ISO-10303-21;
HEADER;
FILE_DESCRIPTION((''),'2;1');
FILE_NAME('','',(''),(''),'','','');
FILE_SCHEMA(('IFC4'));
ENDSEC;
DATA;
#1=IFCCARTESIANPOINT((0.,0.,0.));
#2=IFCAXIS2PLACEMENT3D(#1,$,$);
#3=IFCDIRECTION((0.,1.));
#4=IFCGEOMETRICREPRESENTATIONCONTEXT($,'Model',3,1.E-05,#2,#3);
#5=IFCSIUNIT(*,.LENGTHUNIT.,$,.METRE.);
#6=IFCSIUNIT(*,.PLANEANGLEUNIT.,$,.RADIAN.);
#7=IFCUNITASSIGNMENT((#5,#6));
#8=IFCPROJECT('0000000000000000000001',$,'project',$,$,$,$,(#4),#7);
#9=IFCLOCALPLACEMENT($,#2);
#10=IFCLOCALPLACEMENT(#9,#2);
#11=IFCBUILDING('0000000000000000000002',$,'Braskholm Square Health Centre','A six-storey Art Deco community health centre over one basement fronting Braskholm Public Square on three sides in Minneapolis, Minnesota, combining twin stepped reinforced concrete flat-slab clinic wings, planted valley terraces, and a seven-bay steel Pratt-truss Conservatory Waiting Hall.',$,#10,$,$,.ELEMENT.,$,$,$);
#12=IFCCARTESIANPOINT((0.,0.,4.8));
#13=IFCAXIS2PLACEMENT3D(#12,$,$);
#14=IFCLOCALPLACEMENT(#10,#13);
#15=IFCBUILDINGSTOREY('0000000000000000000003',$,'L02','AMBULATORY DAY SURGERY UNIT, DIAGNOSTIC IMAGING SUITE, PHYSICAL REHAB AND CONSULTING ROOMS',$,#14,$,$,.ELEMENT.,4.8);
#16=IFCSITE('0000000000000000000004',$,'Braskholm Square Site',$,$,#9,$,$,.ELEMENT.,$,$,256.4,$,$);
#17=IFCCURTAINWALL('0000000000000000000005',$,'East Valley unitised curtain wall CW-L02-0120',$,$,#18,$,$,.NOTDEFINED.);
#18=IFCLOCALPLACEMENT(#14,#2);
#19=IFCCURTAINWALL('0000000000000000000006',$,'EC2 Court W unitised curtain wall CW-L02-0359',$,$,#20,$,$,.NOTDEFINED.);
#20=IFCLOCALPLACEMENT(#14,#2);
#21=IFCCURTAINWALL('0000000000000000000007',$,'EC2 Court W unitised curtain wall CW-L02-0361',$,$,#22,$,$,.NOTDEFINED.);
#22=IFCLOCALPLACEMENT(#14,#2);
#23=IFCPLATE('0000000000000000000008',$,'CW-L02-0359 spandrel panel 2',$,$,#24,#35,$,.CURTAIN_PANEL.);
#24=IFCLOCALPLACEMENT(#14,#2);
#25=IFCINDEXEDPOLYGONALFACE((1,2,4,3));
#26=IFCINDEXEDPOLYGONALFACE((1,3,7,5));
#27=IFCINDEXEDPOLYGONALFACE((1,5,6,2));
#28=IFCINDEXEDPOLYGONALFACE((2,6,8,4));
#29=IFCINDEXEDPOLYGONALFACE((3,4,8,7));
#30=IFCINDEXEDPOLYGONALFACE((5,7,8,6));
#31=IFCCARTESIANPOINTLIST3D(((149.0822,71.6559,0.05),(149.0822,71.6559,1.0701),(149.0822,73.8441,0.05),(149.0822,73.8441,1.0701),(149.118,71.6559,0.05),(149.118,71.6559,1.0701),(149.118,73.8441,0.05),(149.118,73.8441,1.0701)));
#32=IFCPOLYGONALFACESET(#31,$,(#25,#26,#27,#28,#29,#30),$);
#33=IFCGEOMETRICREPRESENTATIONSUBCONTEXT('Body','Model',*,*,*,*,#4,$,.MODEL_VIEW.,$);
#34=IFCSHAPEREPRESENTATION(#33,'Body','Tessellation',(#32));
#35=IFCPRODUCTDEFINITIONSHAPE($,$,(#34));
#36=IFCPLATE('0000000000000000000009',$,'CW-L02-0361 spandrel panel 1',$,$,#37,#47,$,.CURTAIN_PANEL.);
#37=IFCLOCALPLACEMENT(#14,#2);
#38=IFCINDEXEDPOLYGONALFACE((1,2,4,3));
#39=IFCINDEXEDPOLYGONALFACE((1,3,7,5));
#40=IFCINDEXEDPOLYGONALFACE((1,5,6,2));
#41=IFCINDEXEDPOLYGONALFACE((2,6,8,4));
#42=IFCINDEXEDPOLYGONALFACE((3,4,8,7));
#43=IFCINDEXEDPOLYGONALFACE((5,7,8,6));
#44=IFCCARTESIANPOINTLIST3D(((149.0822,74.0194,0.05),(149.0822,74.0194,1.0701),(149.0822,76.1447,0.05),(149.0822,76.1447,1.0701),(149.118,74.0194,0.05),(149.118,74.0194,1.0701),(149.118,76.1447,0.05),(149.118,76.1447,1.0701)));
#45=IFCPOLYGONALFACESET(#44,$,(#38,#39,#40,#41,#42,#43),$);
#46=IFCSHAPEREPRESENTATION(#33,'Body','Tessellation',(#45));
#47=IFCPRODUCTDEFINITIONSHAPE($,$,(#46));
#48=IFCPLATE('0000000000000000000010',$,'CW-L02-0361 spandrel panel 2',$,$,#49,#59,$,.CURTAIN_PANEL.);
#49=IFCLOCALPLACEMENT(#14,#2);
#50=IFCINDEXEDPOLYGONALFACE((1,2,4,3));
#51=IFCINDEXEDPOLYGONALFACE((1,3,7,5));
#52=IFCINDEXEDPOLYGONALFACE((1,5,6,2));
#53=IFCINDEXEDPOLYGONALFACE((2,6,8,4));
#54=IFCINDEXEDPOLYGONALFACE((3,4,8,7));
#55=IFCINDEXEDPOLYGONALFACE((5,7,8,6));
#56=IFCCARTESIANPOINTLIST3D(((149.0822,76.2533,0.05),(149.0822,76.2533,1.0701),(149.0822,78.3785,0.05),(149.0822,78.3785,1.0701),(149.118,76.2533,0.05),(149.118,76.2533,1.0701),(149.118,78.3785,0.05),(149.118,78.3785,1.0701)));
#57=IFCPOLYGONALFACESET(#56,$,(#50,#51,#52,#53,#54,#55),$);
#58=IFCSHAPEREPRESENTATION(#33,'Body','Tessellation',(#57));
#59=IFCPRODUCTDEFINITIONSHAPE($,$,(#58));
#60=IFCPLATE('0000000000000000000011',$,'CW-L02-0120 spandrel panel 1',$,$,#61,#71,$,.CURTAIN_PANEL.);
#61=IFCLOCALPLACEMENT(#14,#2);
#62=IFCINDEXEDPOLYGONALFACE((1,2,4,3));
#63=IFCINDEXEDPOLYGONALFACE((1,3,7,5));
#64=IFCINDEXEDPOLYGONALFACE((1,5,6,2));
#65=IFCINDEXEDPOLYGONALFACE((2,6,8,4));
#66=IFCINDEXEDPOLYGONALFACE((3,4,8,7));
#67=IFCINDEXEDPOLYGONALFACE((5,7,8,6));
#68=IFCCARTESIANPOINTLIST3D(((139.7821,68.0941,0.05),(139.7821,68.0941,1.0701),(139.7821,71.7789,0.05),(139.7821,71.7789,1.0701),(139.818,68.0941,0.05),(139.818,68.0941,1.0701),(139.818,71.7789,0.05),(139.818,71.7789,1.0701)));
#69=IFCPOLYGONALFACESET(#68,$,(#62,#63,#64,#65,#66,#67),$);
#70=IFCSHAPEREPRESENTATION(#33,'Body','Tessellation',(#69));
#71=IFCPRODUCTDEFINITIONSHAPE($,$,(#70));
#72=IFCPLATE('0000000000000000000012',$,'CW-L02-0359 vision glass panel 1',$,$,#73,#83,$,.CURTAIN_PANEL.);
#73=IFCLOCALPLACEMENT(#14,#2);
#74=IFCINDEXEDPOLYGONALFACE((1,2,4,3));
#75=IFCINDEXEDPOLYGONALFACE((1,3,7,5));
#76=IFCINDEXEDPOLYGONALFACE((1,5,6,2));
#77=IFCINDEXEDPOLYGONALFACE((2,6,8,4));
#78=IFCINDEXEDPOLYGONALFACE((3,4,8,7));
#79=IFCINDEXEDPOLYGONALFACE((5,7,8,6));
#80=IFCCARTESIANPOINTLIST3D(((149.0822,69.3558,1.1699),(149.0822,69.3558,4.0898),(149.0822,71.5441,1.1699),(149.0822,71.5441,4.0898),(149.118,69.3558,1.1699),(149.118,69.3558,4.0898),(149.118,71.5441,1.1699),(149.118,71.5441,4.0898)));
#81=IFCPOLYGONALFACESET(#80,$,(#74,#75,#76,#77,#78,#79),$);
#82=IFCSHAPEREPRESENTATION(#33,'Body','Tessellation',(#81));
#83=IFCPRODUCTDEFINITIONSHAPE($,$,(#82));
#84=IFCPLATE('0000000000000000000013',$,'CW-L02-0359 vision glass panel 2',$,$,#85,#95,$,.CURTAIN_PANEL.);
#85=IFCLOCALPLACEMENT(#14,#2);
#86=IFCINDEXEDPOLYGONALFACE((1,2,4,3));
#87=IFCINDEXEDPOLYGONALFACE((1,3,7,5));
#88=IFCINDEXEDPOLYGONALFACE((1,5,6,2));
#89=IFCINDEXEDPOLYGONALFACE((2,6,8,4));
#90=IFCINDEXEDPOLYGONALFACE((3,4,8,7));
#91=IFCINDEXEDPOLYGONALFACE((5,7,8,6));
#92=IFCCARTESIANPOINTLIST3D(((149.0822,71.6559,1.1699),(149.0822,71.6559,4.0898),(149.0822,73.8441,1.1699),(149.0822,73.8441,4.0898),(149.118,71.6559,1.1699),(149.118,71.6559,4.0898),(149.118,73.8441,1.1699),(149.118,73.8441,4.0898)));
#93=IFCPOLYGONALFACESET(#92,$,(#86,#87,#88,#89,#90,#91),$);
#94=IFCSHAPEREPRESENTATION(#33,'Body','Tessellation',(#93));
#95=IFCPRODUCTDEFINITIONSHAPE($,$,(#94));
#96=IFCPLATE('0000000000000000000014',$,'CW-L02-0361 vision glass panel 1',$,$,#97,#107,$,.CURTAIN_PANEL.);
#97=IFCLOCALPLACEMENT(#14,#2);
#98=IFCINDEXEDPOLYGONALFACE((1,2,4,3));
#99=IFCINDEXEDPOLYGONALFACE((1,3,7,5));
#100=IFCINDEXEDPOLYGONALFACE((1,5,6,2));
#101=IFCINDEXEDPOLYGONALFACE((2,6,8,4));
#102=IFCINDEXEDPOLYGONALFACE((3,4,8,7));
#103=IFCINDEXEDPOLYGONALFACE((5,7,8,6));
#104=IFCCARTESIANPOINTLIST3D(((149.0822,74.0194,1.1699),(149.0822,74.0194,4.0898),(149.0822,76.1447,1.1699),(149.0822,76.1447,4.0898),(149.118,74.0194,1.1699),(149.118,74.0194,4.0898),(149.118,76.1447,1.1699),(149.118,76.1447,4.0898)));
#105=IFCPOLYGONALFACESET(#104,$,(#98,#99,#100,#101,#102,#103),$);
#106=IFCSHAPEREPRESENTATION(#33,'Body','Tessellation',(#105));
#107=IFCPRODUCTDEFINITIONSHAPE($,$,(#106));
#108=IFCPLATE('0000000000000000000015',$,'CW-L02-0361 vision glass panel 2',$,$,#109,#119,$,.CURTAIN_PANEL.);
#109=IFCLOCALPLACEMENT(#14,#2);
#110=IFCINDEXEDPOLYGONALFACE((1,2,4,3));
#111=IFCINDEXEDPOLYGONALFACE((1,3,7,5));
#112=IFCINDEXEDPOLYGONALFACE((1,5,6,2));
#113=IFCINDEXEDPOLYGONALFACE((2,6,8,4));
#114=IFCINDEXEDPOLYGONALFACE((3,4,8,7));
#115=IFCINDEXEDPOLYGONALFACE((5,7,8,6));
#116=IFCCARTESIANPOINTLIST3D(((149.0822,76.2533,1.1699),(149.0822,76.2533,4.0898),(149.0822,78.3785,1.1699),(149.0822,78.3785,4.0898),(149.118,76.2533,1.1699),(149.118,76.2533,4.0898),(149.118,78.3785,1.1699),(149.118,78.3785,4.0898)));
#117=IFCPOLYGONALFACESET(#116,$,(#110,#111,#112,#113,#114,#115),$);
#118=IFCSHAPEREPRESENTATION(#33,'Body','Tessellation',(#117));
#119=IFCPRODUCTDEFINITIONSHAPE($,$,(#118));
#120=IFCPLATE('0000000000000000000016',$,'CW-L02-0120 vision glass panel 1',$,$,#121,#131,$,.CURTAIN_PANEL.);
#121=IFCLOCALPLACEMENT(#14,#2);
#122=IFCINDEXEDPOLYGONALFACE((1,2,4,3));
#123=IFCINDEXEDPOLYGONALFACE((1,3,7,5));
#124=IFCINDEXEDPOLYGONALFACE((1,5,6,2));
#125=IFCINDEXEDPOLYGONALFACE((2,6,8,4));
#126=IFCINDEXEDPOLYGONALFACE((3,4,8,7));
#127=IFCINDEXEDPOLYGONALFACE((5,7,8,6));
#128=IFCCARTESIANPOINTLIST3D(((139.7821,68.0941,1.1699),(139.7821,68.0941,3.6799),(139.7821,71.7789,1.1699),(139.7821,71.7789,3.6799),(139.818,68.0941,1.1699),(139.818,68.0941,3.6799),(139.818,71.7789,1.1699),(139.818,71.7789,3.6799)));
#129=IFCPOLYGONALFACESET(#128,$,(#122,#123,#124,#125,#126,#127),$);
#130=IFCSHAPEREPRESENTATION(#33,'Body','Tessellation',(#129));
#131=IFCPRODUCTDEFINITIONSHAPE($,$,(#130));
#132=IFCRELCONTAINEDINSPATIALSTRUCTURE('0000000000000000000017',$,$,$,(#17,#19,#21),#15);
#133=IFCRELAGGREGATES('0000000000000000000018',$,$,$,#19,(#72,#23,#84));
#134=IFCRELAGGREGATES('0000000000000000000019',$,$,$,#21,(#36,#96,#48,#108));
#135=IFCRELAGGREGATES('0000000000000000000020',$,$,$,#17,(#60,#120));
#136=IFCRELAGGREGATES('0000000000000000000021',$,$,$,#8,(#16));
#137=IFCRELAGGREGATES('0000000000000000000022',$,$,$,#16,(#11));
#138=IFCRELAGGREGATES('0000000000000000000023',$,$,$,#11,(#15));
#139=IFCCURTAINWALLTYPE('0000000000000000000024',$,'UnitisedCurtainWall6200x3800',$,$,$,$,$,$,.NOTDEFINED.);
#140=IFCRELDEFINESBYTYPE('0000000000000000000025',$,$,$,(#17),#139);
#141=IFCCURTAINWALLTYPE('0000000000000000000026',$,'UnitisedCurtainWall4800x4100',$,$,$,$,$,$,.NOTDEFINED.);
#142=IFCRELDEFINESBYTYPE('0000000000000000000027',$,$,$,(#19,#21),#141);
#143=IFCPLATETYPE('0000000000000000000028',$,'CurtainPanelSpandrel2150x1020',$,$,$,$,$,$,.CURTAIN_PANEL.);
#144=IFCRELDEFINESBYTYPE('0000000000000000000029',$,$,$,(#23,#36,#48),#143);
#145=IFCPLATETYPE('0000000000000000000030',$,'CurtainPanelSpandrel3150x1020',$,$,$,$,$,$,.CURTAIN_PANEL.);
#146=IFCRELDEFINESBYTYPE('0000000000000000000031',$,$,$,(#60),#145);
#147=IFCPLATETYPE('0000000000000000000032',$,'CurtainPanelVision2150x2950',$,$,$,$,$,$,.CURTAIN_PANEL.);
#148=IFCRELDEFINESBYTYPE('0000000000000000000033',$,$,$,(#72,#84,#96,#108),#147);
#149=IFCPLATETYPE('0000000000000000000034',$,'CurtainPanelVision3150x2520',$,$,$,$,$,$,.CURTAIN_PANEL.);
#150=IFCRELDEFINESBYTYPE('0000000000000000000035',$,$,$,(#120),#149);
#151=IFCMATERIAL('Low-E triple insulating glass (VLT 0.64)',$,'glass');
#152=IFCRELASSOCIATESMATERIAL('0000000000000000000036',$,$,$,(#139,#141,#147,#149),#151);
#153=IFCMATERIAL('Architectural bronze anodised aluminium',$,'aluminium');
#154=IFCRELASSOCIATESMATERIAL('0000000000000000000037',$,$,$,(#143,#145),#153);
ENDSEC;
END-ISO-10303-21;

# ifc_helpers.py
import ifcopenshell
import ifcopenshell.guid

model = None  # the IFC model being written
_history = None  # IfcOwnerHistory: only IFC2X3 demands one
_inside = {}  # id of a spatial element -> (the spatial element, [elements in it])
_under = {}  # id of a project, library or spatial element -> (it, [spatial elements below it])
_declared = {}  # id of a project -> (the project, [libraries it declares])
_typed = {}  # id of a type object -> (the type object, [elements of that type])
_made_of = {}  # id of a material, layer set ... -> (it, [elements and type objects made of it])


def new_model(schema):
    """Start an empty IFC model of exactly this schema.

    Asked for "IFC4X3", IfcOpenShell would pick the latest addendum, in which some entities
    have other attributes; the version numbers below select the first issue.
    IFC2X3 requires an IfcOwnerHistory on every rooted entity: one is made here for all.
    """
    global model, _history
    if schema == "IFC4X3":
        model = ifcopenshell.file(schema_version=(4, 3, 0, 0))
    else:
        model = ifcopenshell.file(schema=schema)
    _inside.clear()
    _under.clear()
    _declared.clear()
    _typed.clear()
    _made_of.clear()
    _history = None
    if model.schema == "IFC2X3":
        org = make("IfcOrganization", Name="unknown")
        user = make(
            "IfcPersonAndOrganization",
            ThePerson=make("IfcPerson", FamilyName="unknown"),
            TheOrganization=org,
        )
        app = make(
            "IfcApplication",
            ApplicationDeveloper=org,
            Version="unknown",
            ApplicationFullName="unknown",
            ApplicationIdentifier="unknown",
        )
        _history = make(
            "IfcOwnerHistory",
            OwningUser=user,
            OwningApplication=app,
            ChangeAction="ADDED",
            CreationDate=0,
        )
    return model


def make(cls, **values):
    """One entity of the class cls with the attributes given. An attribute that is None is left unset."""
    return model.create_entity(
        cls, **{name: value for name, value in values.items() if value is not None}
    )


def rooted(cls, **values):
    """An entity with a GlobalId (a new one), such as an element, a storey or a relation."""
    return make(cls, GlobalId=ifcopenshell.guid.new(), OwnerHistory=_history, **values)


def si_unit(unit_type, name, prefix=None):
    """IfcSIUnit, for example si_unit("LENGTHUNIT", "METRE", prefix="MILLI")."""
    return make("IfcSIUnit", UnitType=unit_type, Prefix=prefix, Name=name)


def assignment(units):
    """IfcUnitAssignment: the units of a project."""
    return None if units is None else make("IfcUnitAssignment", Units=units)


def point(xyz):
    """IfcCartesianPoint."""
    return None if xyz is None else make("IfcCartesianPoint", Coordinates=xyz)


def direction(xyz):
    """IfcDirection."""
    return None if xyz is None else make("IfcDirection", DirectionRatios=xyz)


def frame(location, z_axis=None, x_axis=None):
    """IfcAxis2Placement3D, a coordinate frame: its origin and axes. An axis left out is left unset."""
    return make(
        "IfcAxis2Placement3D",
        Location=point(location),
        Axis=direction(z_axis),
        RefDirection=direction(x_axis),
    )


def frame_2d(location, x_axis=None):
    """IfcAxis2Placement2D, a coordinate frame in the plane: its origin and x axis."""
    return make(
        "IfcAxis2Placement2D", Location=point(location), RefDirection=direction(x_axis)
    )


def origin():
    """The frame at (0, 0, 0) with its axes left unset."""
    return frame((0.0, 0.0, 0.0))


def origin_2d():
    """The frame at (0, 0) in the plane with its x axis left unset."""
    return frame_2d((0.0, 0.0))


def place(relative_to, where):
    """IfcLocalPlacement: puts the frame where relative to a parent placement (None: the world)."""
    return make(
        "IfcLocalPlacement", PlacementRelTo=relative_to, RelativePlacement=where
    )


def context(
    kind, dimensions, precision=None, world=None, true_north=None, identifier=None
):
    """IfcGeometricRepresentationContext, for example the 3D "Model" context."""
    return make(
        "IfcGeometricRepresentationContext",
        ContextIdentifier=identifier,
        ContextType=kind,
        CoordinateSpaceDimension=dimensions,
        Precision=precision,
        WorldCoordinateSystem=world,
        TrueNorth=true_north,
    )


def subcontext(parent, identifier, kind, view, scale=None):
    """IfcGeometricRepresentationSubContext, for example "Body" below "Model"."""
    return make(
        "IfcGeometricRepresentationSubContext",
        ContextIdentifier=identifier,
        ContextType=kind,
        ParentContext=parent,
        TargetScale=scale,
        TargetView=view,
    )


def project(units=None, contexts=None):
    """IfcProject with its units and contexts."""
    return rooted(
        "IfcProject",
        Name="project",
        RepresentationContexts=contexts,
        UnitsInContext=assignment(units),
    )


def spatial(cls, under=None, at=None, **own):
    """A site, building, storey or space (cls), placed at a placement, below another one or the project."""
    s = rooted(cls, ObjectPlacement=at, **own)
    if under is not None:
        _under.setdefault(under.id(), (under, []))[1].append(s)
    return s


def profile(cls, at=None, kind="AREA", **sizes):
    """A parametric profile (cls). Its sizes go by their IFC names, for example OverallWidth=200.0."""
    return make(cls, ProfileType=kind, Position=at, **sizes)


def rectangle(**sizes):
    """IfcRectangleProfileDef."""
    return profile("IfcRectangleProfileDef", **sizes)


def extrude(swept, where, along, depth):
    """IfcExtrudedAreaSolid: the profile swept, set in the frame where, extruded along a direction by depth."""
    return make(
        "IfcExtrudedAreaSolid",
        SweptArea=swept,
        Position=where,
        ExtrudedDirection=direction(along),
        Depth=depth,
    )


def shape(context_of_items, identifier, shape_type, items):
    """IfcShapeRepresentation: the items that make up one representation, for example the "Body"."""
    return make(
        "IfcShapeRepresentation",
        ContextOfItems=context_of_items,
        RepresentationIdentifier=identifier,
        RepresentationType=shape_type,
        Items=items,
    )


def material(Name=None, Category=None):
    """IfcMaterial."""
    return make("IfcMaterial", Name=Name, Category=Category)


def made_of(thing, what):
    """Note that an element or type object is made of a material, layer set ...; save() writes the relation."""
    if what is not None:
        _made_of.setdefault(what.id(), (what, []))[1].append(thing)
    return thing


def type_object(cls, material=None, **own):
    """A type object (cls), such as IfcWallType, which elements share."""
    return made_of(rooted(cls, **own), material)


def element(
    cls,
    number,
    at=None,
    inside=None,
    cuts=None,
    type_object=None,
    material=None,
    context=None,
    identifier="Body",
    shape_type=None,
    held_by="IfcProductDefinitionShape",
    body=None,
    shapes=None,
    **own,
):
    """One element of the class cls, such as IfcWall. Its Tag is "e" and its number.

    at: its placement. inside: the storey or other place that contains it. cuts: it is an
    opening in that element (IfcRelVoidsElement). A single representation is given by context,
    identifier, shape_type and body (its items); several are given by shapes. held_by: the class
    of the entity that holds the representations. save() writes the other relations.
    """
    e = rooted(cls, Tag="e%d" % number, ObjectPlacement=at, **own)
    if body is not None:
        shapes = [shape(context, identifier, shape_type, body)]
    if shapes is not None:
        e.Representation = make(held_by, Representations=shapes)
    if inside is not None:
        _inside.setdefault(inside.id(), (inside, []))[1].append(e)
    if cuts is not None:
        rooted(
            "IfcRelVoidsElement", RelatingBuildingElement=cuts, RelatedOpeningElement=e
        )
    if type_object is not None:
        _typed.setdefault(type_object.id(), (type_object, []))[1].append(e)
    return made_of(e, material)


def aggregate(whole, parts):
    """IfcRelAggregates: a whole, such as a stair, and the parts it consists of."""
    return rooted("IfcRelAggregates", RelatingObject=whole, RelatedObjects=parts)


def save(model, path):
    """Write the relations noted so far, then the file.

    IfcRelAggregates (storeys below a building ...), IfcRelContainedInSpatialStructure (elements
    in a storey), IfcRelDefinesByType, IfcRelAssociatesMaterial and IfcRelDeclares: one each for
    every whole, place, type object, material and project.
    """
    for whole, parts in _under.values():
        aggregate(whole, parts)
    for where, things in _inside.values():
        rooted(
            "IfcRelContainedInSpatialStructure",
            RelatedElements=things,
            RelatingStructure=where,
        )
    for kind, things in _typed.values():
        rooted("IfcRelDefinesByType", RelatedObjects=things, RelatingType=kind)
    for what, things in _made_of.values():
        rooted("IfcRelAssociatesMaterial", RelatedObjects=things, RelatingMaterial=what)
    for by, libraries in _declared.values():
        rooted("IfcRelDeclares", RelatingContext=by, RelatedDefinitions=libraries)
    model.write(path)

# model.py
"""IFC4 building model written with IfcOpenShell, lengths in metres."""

from ifc_helpers import new_model, si_unit, direction, frame, origin, origin_2d, place, context, subcontext, project, spatial, rectangle, extrude, material, type_object, element, aggregate, save


model = new_model("IFC4")

# Units and contexts
model_context = context("Model", 3, precision=1e-05, world=origin(), true_north=direction((0.0, 1.0)))
body_context = subcontext(model_context, "Body", "Model", "MODEL_VIEW")
ifc_project = project(units=[si_unit("LENGTHUNIT", "METRE"), si_unit("PLANEANGLEUNIT", "RADIAN")], contexts=[model_context])

# Site, building, storey
site_placement = place(None, origin())
site = spatial("IfcSite", under=ifc_project, at=site_placement, Name="Braskholm Square Site", CompositionType="ELEMENT", RefElevation=256.4)
building_placement = place(site_placement, origin())
building = spatial("IfcBuilding", under=site, at=building_placement, Name="Braskholm Square Health Centre", Description="A six-storey Art Deco community health centre over one basement fronting Braskholm Public Square on three sides in Minneapolis, Minnesota, combining twin stepped reinforced concrete flat-slab clinic wings, planted valley terraces, and a seven-bay steel Pratt-truss Conservatory Waiting Hall.", CompositionType="ELEMENT")
storey_placement = place(building_placement, frame((0.0, 0.0, 4.8)))
storey = spatial("IfcBuildingStorey", under=building, at=storey_placement, Name="L02", Description="AMBULATORY DAY SURGERY UNIT, DIAGNOSTIC IMAGING SUITE, PHYSICAL REHAB AND CONSULTING ROOMS", CompositionType="ELEMENT", Elevation=4.8)

# Curtain wall
ifc_material_1 = material(Name="Low-E triple insulating glass (VLT 0.64)", Category="glass")
curtain_wall_type_1 = type_object("IfcCurtainWallType", Name="UnitisedCurtainWall6200x3800", PredefinedType="NOTDEFINED", material=ifc_material_1)
curtain_wall_1_placement = place(storey_placement, origin())
curtain_wall_1 = element("IfcCurtainWall", 1, at=curtain_wall_1_placement, inside=storey, type_object=curtain_wall_type_1, Name="East Valley unitised curtain wall CW-L02-0120", PredefinedType="NOTDEFINED")
ifc_material_2 = material(Name="Architectural bronze anodised aluminium", Category="aluminium")

# Curtain walls
curtain_wall_type_2 = type_object("IfcCurtainWallType", Name="UnitisedCurtainWall4800x4100", PredefinedType="NOTDEFINED", material=ifc_material_1)
curtain_wall_2_placement = place(storey_placement, origin())
curtain_wall_2 = element("IfcCurtainWall", 2, at=curtain_wall_2_placement, inside=storey, type_object=curtain_wall_type_2, Name="EC2 Court W unitised curtain wall CW-L02-0359", PredefinedType="NOTDEFINED")
curtain_wall_3_placement = place(storey_placement, origin())
curtain_wall_3 = element("IfcCurtainWall", 3, at=curtain_wall_3_placement, inside=storey, type_object=curtain_wall_type_2, Name="EC2 Court W unitised curtain wall CW-L02-0361", PredefinedType="NOTDEFINED")

# Plates
plate_type_1 = type_object("IfcPlateType", Name="CurtainPanelSpandrel2150x1020", PredefinedType="CURTAIN_PANEL", material=ifc_material_2)
plate_1_placement = place(storey_placement, frame((149.1001, 72.75, 0.05), z_axis=(0.0, 0.0, 1.0), x_axis=(0.0, 1.0, 0.0)))
plate_1 = element("IfcPlate", 4, at=plate_1_placement, type_object=plate_type_1, Name="CW-L02-0359 spandrel panel 2", PredefinedType="CURTAIN_PANEL", context=body_context, shape_type="SweptSolid", body=[
    extrude(rectangle(XDim=2.1882, YDim=0.0359, at=origin_2d()), origin(), (0.0, 0.0, 1.0), 1.02),
])
plate_2_placement = place(storey_placement, frame((149.1001, 75.082, 0.05), z_axis=(0.0, 0.0, 1.0), x_axis=(0.0, 1.0, 0.0)))
plate_2 = element("IfcPlate", 5, at=plate_2_placement, type_object=plate_type_1, Name="CW-L02-0361 spandrel panel 1", PredefinedType="CURTAIN_PANEL", context=body_context, shape_type="SweptSolid", body=[
    extrude(rectangle(XDim=2.1252, YDim=0.0359, at=origin_2d()), origin(), (0.0, 0.0, 1.0), 1.02),
])
plate_3_placement = place(storey_placement, frame((149.1001, 77.3159, 0.05), z_axis=(0.0, 0.0, 1.0), x_axis=(0.0, 1.0, 0.0)))
plate_3 = element("IfcPlate", 6, at=plate_3_placement, type_object=plate_type_1, Name="CW-L02-0361 spandrel panel 2", PredefinedType="CURTAIN_PANEL", context=body_context, shape_type="SweptSolid", body=[
    extrude(rectangle(XDim=2.1252, YDim=0.0359, at=origin_2d()), origin(), (0.0, 0.0, 1.0), 1.02),
])
plate_type_2 = type_object("IfcPlateType", Name="CurtainPanelSpandrel3150x1020", PredefinedType="CURTAIN_PANEL", material=ifc_material_2)
plate_4_placement = place(storey_placement, frame((139.8, 69.9365, 0.05), z_axis=(0.0, 0.0, 1.0), x_axis=(0.0, -1.0, 0.0)))
plate_4 = element("IfcPlate", 7, at=plate_4_placement, type_object=plate_type_2, Name="CW-L02-0120 spandrel panel 1", PredefinedType="CURTAIN_PANEL", context=body_context, shape_type="SweptSolid", body=[
    extrude(rectangle(XDim=3.6848, YDim=0.0359, at=origin_2d()), origin(), (0.0, 0.0, 1.0), 1.02),
])
plate_type_3 = type_object("IfcPlateType", Name="CurtainPanelVision2150x2950", PredefinedType="CURTAIN_PANEL", material=ifc_material_1)
plate_5_placement = place(storey_placement, frame((149.1001, 70.45, 1.1699), z_axis=(0.0, 0.0, 1.0), x_axis=(0.0, 1.0, 0.0)))
plate_5 = element("IfcPlate", 8, at=plate_5_placement, type_object=plate_type_3, Name="CW-L02-0359 vision glass panel 1", PredefinedType="CURTAIN_PANEL", context=body_context, shape_type="SweptSolid", body=[
    extrude(rectangle(XDim=2.1882, YDim=0.0359, at=origin_2d()), origin(), (0.0, 0.0, 1.0), 2.9199),
])
plate_6_placement = place(storey_placement, frame((149.1001, 72.75, 1.1699), z_axis=(0.0, 0.0, 1.0), x_axis=(0.0, 1.0, 0.0)))
plate_6 = element("IfcPlate", 9, at=plate_6_placement, type_object=plate_type_3, Name="CW-L02-0359 vision glass panel 2", PredefinedType="CURTAIN_PANEL", context=body_context, shape_type="SweptSolid", body=[
    extrude(rectangle(XDim=2.1882, YDim=0.0359, at=origin_2d()), origin(), (0.0, 0.0, 1.0), 2.9199),
])
aggregate(curtain_wall_2, [plate_5, plate_1, plate_6])
plate_7_placement = place(storey_placement, frame((149.1001, 75.082, 1.1699), z_axis=(0.0, 0.0, 1.0), x_axis=(0.0, 1.0, 0.0)))
plate_7 = element("IfcPlate", 10, at=plate_7_placement, type_object=plate_type_3, Name="CW-L02-0361 vision glass panel 1", PredefinedType="CURTAIN_PANEL", context=body_context, shape_type="SweptSolid", body=[
    extrude(rectangle(XDim=2.1252, YDim=0.0359, at=origin_2d()), origin(), (0.0, 0.0, 1.0), 2.9199),
])
plate_8_placement = place(storey_placement, frame((149.1001, 77.3159, 1.1699), z_axis=(0.0, 0.0, 1.0), x_axis=(0.0, 1.0, 0.0)))
plate_8 = element("IfcPlate", 11, at=plate_8_placement, type_object=plate_type_3, Name="CW-L02-0361 vision glass panel 2", PredefinedType="CURTAIN_PANEL", context=body_context, shape_type="SweptSolid", body=[
    extrude(rectangle(XDim=2.1252, YDim=0.0359, at=origin_2d()), origin(), (0.0, 0.0, 1.0), 2.9199),
])
aggregate(curtain_wall_3, [plate_2, plate_7, plate_3, plate_8])
plate_type_4 = type_object("IfcPlateType", Name="CurtainPanelVision3150x2520", PredefinedType="CURTAIN_PANEL", material=ifc_material_1)
plate_9_placement = place(storey_placement, frame((139.8, 69.9365, 1.1699), z_axis=(0.0, 0.0, 1.0), x_axis=(0.0, -1.0, 0.0)))
plate_9 = element("IfcPlate", 12, at=plate_9_placement, type_object=plate_type_4, Name="CW-L02-0120 vision glass panel 1", PredefinedType="CURTAIN_PANEL", context=body_context, shape_type="SweptSolid", body=[
    extrude(rectangle(XDim=3.6848, YDim=0.0359, at=origin_2d()), origin(), (0.0, 0.0, 1.0), 2.51),
])
aggregate(curtain_wall_1, [plate_4, plate_9])

save(model, "model.ifc")
